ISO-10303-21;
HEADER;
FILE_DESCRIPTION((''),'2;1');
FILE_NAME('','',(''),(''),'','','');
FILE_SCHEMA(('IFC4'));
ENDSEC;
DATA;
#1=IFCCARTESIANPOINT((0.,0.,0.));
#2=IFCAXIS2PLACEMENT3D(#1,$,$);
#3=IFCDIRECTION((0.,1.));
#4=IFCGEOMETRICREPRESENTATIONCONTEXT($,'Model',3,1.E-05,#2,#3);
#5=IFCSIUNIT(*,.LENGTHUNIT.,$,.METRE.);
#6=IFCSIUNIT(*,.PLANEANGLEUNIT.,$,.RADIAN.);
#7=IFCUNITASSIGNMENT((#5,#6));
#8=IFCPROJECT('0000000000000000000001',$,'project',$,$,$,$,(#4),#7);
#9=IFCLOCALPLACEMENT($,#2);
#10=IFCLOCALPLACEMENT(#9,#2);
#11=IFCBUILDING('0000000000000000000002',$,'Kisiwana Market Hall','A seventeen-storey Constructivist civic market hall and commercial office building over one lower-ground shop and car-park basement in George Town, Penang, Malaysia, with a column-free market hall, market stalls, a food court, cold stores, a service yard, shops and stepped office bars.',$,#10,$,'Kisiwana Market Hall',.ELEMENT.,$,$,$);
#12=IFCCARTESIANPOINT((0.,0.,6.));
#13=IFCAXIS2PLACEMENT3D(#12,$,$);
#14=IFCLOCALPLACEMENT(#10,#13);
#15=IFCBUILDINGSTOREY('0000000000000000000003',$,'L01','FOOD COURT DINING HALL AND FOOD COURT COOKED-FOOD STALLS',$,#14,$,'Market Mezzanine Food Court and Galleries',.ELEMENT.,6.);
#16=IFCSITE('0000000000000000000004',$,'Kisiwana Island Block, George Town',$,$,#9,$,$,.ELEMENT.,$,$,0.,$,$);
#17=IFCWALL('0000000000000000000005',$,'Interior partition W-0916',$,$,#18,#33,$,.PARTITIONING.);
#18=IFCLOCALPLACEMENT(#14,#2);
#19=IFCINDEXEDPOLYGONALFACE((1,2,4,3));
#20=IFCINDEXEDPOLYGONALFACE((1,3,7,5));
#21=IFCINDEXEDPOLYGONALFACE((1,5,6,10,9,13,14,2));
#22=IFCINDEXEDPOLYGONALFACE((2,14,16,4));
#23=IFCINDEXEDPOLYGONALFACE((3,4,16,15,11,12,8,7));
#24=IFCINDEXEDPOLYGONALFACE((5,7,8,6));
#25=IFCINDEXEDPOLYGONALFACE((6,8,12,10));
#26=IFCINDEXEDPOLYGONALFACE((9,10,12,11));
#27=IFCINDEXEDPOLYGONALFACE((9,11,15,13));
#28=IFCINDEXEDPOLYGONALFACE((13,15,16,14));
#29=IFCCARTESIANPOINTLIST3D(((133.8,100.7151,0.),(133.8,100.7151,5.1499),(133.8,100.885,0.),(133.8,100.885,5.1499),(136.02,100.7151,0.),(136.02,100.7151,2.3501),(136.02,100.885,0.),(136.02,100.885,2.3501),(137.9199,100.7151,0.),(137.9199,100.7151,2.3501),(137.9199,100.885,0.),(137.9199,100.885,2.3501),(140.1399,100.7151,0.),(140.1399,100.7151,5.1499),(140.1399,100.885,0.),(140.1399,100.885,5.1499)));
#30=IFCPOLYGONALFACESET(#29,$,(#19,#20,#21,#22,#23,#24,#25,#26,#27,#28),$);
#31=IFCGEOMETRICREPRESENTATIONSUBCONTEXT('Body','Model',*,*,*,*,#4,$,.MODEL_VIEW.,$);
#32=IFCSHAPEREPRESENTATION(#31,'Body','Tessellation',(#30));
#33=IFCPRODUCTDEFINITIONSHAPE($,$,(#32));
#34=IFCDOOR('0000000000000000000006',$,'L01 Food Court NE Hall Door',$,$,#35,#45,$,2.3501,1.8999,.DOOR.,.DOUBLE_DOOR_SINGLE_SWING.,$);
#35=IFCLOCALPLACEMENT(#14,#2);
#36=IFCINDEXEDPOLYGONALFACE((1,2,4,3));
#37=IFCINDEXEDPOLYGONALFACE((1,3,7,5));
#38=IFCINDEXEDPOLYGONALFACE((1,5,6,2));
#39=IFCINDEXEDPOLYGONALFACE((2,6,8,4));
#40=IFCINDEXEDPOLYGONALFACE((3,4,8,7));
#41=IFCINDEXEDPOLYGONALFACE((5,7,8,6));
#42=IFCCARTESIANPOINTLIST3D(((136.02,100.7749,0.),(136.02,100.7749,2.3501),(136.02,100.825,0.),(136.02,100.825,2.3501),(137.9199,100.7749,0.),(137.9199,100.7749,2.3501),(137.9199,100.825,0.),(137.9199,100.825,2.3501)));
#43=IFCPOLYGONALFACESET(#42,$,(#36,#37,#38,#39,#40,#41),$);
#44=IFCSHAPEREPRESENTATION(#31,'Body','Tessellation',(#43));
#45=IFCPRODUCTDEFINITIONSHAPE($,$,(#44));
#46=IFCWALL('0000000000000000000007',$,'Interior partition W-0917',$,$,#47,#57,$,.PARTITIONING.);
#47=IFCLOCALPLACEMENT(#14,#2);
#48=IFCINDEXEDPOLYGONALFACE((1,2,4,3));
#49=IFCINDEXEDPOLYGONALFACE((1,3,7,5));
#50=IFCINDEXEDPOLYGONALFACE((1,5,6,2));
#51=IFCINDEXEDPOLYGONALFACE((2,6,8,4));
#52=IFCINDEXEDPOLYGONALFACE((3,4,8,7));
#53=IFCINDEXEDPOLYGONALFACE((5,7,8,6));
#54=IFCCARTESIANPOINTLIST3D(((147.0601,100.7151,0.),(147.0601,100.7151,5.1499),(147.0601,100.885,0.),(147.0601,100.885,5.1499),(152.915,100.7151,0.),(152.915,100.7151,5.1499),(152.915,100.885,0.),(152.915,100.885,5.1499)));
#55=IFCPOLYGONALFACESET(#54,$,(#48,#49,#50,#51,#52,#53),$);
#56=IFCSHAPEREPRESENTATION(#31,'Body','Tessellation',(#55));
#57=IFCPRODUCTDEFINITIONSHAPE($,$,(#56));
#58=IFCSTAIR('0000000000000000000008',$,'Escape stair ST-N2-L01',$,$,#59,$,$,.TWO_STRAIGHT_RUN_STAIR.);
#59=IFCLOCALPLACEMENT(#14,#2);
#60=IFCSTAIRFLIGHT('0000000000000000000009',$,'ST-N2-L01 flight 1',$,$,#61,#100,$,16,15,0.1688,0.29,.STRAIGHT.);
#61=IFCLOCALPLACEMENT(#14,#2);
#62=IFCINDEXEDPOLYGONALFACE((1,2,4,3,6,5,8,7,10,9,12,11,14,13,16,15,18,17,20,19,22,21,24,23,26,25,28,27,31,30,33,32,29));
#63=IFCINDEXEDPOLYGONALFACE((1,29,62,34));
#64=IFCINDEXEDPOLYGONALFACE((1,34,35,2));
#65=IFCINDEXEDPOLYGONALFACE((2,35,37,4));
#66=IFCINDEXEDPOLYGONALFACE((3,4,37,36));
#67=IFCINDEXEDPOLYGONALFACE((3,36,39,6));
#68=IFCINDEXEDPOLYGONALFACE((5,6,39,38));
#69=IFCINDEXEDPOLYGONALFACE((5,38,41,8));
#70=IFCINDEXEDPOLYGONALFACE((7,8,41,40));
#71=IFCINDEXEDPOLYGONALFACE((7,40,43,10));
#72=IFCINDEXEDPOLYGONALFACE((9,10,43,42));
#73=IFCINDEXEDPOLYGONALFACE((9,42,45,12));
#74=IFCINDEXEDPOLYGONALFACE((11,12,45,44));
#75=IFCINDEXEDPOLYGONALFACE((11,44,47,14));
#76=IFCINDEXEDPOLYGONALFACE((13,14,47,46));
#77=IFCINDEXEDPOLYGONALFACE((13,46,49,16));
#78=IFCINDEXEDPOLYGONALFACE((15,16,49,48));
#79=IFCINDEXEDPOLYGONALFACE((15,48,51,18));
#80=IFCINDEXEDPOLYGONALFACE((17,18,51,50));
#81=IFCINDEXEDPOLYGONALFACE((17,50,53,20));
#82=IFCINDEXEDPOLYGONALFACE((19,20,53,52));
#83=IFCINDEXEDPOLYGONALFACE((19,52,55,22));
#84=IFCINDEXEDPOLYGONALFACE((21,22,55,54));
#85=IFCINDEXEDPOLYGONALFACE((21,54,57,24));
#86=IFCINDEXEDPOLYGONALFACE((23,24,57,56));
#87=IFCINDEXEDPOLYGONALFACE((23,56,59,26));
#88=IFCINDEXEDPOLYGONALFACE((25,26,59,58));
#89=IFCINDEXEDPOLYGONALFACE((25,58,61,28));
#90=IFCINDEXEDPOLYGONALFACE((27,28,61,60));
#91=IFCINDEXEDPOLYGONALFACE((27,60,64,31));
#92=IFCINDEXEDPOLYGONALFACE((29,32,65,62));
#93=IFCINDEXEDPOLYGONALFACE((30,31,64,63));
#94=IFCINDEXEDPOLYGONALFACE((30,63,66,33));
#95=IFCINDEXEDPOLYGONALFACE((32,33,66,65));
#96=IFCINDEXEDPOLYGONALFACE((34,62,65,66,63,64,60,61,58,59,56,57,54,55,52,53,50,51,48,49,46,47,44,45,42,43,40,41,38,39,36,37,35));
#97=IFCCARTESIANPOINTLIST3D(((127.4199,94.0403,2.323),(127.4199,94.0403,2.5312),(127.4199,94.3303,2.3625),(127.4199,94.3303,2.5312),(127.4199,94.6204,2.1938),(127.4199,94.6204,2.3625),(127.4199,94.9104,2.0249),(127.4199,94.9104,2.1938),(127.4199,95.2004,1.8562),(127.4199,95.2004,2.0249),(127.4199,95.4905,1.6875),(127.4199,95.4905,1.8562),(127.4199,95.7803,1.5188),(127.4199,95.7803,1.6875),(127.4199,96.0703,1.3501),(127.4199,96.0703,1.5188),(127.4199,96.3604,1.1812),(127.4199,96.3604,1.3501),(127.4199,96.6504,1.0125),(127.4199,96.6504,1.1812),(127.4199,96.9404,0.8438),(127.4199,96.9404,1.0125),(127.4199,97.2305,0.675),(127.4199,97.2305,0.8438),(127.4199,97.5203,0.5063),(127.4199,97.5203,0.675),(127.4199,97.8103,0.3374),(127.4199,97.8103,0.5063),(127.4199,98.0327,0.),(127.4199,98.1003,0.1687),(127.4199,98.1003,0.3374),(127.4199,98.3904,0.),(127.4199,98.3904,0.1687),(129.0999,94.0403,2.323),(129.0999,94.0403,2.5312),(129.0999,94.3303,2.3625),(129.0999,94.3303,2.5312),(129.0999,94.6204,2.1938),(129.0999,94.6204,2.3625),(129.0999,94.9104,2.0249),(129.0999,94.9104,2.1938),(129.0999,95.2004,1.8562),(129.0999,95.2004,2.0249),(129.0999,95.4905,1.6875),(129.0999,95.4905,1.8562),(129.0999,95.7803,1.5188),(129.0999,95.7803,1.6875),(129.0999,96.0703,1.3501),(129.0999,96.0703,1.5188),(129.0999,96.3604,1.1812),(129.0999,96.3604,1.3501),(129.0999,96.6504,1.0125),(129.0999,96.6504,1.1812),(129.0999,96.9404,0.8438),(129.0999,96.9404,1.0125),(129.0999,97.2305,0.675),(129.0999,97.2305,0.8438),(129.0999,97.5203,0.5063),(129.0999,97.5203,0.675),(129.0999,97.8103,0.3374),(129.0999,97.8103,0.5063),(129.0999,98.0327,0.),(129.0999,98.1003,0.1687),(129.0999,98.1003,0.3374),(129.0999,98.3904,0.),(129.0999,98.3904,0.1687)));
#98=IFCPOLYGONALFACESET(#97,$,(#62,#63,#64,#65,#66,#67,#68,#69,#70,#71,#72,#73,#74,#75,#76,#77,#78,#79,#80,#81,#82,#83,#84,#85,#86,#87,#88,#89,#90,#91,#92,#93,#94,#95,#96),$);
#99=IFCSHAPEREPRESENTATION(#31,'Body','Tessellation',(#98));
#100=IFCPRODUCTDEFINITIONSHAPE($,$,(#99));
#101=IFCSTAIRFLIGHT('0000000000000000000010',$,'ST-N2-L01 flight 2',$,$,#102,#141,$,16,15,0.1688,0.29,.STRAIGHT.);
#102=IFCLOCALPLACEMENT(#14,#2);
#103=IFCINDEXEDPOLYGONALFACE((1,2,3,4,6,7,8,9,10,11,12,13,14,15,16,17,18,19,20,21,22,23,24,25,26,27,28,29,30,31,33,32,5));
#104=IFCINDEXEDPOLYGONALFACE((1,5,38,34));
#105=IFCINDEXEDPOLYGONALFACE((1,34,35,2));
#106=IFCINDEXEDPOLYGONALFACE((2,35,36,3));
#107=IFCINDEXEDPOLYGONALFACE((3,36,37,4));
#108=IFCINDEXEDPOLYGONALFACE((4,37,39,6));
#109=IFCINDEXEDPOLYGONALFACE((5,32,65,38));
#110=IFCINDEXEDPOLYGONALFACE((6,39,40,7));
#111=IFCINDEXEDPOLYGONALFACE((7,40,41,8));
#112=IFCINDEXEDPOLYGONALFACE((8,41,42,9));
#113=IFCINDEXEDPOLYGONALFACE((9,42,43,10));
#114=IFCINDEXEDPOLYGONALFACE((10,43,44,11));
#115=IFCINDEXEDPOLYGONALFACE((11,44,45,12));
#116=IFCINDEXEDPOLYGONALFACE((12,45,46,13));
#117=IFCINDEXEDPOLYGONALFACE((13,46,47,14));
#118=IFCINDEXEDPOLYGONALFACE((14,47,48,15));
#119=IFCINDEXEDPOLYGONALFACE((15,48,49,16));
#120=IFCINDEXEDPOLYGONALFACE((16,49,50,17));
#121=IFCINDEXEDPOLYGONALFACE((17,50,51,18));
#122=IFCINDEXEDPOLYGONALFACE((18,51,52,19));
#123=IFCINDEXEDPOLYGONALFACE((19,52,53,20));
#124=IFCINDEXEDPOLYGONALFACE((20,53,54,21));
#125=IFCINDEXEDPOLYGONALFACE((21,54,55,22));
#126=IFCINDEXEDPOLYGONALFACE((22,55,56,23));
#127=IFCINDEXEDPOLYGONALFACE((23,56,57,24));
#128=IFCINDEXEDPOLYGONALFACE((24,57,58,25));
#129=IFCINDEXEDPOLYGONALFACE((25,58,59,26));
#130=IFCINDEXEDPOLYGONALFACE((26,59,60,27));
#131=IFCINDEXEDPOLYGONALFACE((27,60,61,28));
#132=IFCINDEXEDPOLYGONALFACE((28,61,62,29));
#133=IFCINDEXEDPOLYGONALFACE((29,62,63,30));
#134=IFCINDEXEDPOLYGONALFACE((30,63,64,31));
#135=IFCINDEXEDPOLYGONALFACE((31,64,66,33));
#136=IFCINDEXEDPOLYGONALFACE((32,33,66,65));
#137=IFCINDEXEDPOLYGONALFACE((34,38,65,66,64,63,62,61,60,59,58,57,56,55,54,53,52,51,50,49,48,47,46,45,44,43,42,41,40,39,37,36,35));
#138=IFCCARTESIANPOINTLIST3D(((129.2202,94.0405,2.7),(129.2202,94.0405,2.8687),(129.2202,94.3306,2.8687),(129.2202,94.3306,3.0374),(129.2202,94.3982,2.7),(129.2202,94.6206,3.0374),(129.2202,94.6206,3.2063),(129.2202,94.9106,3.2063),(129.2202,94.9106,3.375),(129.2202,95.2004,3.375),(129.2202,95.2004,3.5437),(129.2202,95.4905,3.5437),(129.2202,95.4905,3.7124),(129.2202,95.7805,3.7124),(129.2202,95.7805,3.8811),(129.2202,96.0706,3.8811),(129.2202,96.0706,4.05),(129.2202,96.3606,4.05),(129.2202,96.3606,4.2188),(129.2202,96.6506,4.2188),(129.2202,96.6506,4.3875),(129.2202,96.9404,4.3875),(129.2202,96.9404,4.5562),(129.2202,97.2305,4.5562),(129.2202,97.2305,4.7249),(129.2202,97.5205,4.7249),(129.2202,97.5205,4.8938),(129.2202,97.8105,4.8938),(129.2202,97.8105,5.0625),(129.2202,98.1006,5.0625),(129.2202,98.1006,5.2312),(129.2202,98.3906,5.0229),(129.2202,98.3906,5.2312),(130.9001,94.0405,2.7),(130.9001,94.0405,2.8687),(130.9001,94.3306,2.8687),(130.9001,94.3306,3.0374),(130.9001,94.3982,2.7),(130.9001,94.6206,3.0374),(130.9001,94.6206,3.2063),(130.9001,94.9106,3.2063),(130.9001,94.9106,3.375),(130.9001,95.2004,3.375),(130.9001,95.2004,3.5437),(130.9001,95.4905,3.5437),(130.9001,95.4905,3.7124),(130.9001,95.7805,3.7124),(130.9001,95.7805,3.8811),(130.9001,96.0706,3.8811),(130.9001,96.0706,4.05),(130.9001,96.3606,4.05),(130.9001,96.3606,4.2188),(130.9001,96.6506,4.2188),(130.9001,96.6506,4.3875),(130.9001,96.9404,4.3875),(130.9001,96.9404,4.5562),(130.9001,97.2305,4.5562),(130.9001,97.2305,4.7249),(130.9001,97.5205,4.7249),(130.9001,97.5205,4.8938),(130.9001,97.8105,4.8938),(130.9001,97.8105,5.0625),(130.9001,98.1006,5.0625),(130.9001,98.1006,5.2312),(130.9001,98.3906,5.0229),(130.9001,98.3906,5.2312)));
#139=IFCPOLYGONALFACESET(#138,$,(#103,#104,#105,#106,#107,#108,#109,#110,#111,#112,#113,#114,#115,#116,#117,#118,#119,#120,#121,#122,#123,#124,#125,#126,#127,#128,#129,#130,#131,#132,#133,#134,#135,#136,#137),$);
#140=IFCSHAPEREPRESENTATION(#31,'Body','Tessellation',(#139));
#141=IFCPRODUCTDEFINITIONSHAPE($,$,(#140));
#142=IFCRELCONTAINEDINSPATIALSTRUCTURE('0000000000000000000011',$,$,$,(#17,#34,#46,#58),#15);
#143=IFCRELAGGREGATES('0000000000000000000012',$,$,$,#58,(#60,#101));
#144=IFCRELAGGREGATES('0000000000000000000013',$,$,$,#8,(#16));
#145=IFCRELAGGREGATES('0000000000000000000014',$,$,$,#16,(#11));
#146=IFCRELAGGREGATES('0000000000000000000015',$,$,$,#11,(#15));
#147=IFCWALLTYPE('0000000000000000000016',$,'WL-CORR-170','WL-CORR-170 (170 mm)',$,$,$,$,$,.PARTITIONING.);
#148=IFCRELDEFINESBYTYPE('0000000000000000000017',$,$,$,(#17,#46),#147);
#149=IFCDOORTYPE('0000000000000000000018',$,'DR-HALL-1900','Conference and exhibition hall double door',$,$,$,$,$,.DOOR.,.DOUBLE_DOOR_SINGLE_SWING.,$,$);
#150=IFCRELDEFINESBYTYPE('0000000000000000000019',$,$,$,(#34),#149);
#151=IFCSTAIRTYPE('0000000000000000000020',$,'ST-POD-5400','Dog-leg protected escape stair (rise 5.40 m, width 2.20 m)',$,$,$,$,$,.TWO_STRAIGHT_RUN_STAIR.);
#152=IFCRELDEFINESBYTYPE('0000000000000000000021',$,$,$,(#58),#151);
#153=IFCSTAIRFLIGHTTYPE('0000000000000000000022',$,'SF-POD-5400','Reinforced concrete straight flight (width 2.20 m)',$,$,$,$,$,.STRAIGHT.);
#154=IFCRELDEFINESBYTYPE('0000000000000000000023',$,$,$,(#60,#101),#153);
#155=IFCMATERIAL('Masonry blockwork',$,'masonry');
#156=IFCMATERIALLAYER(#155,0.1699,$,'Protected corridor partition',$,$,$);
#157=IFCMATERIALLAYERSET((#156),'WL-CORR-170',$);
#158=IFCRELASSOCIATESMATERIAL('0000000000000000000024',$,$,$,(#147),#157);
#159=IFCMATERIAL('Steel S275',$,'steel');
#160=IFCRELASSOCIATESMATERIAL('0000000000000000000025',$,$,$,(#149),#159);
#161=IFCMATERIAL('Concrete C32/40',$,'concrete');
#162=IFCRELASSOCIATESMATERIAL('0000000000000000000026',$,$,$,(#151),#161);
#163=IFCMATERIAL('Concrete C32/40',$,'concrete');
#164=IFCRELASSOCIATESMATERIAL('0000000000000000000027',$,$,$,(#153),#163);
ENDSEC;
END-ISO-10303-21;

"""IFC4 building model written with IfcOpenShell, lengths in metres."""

from ifc_helpers import new_model, si_unit, direction, frame, frame_2d, origin, place, context, subcontext, project, spatial, polyline, rectangle, outline, extrude, material, layer, layer_set, type_object, element, fill, aggregate, save


model = new_model("IFC4")

# Units and contexts
model_context = context("Model", 3, precision=1e-05, world=origin(), true_north=direction((0.0, 1.0)))
body_context = subcontext(model_context, "Body", "Model", "MODEL_VIEW")
ifc_project = project(units=[si_unit("LENGTHUNIT", "METRE"), si_unit("PLANEANGLEUNIT", "RADIAN")], contexts=[model_context])

# Site, building, storey
site_placement = place(None, origin())
site = spatial("IfcSite", under=ifc_project, at=site_placement, Name="Kisiwana Island Block, George Town", CompositionType="ELEMENT", RefElevation=0.0)
building_placement = place(site_placement, origin())
building = spatial("IfcBuilding", under=site, at=building_placement, Name="Kisiwana Market Hall", Description="A seventeen-storey Constructivist civic market hall and commercial office building over one lower-ground shop and car-park basement in George Town, Penang, Malaysia, with a column-free market hall, market stalls, a food court, cold stores, a service yard, shops and stepped office bars.", LongName="Kisiwana Market Hall", CompositionType="ELEMENT")
storey_placement = place(building_placement, frame((0.0, 0.0, 6.0)))
storey = spatial("IfcBuildingStorey", under=building, at=storey_placement, Name="L01", Description="FOOD COURT DINING HALL AND FOOD COURT COOKED-FOOD STALLS", LongName="Market Mezzanine Food Court and Galleries", CompositionType="ELEMENT", Elevation=6.0)

# Shared definitions
ifc_material_1 = material(Name="Masonry blockwork", Category="masonry")
ifc_layer_1 = layer(ifc_material_1, 0.1699, Name="Protected corridor partition")
ifc_layer_set_1 = layer_set([ifc_layer_1], Name="WL-CORR-170")
wall_type_1 = type_object("IfcWallType", Name="WL-CORR-170", Description="WL-CORR-170 (170 mm)", PredefinedType="PARTITIONING", material=ifc_layer_set_1)

# Wall, opening, door
wall_1_placement = place(storey_placement, frame((133.8, 100.8, 0.0), z_axis=(0.0, 0.0, 1.0), x_axis=(1.0, 0.0, 0.0)))
wall_1 = element("IfcWall", 1, at=wall_1_placement, inside=storey, type_object=wall_type_1, Name="Interior partition W-0916", PredefinedType="PARTITIONING", context=body_context, shape_type="SweptSolid", body=[
    extrude(rectangle(XDim=6.3398, YDim=0.1699, at=frame_2d((3.1699, 0.0))), origin(), (0.0, 0.0, 1.0), 5.1499),
])
opening_1_placement = place(wall_1_placement, frame((2.22, 0.0, 0.0)))
opening_1 = element("IfcOpeningElement", 2, at=opening_1_placement, cuts=wall_1, PredefinedType="OPENING", context=body_context, shape_type="SweptSolid", body=[
    extrude(rectangle(XDim=1.8999, YDim=2.3501, at=frame_2d((0.95, 1.175))), frame((0.0, 0.0969, 0.0), z_axis=(0.0, -1.0, 0.0), x_axis=(1.0, 0.0, 0.0)), (0.0, 0.0, 1.0), 0.1938),
])
ifc_material_2 = material(Name="Steel S275", Category="steel")
door_type_1 = type_object("IfcDoorType", Name="DR-HALL-1900", Description="Conference and exhibition hall double door", OperationType="DOUBLE_DOOR_SINGLE_SWING", PredefinedType="DOOR", material=ifc_material_2)
door_1_placement = place(opening_1_placement, origin())
door_1 = element("IfcDoor", 3, at=door_1_placement, inside=storey, type_object=door_type_1, Name="L01 Food Court NE Hall Door", OperationType="DOUBLE_DOOR_SINGLE_SWING", OverallHeight=2.3501, OverallWidth=1.8999, PredefinedType="DOOR", context=body_context, shape_type="SweptSolid", body=[
    extrude(rectangle(XDim=1.8999, YDim=2.3501, at=frame_2d((0.95, 1.175))), frame((0.0, 0.0249, 0.0), z_axis=(0.0, -1.0, 0.0), x_axis=(1.0, 0.0, 0.0)), (0.0, 0.0, 1.0), 0.05),
])
fill(opening_1, door_1)

# Wall
wall_2_placement = place(storey_placement, frame((147.0601, 100.8, 0.0), z_axis=(0.0, 0.0, 1.0), x_axis=(1.0, 0.0, 0.0)))
element("IfcWall", 4, at=wall_2_placement, inside=storey, type_object=wall_type_1, Name="Interior partition W-0917", PredefinedType="PARTITIONING", context=body_context, shape_type="SweptSolid", body=[
    extrude(rectangle(XDim=5.855, YDim=0.1699, at=frame_2d((2.9275, 0.0))), origin(), (0.0, 0.0, 1.0), 5.1499),
])

# Stair, stair flights
ifc_material_3 = material(Name="Concrete C32/40", Category="concrete")
stair_type = type_object("IfcStairType", Name="ST-POD-5400", Description="Dog-leg protected escape stair (rise 5.40 m, width 2.20 m)", PredefinedType="TWO_STRAIGHT_RUN_STAIR", material=ifc_material_3)
stair_placement = place(storey_placement, origin())
stair = element("IfcStair", 5, at=stair_placement, inside=storey, type_object=stair_type, Name="Escape stair ST-N2-L01", PredefinedType="TWO_STRAIGHT_RUN_STAIR")
ifc_material_4 = material(Name="Concrete C32/40", Category="concrete")
stair_flight_type = type_object("IfcStairFlightType", Name="SF-POD-5400", Description="Reinforced concrete straight flight (width 2.20 m)", PredefinedType="STRAIGHT", material=ifc_material_4)
stair_flight_1_placement = place(storey_placement, frame((128.26, 98.3904, 0.0), z_axis=(0.0, 0.0, 1.0), x_axis=(0.0, -1.0, 0.0)))
stair_flight_1 = element("IfcStairFlight", 6, at=stair_flight_1_placement, type_object=stair_flight_type, Name="ST-N2-L01 flight 1", NumberOfRisers=16, NumberOfTreads=15, PredefinedType="STRAIGHT", RiserHeight=0.1688, TreadLength=0.29, context=body_context, shape_type="SweptSolid", body=[
    extrude(outline(polyline([(0.0, 0.0), (0.0, 0.1687), (0.29, 0.1687), (0.29, 0.3374), (0.5801, 0.3374), (0.5801, 0.5063), (0.8701, 0.5063), (0.8701, 0.675), (1.1599, 0.675), (1.1599, 0.8438), (1.45, 0.8438), (1.45, 1.0125), (1.74, 1.0125), (1.74, 1.1812), (2.03, 1.1812), (2.03, 1.3501), (2.3201, 1.3501), (2.3201, 1.5188), (2.6101, 1.5188), (2.6101, 1.6875), (2.8999, 1.6875), (2.8999, 1.8562), (3.1899, 1.8562), (3.1899, 2.0249), (3.48, 2.0249), (3.48, 2.1938), (3.77, 2.1938), (3.77, 2.3625), (4.0601, 2.3625), (4.0601, 2.5312), (4.3501, 2.5312), (4.3501, 2.7), (4.3501, 2.323), (0.3577, 0.0), (0.0, 0.0)])), frame((0.0, 0.8398, 0.0), z_axis=(0.0, -1.0, 0.0), x_axis=(1.0, 0.0, 0.0)), (0.0, 0.0, 1.0), 1.6799),
])
stair_flight_2_placement = place(storey_placement, frame((130.0601, 94.0405, 2.7), z_axis=(0.0, 0.0, 1.0), x_axis=(0.0, 1.0, 0.0)))
stair_flight_2 = element("IfcStairFlight", 7, at=stair_flight_2_placement, type_object=stair_flight_type, Name="ST-N2-L01 flight 2", NumberOfRisers=16, NumberOfTreads=15, PredefinedType="STRAIGHT", RiserHeight=0.1688, TreadLength=0.29, context=body_context, shape_type="SweptSolid", body=[
    extrude(outline(polyline([(0.0, 0.0), (0.0, 0.1687), (0.29, 0.1687), (0.29, 0.3374), (0.5801, 0.3374), (0.5801, 0.5063), (0.8701, 0.5063), (0.8701, 0.675), (1.1599, 0.675), (1.1599, 0.8438), (1.45, 0.8438), (1.45, 1.0125), (1.74, 1.0125), (1.74, 1.1812), (2.03, 1.1812), (2.03, 1.3501), (2.3201, 1.3501), (2.3201, 1.5188), (2.6101, 1.5188), (2.6101, 1.6875), (2.8999, 1.6875), (2.8999, 1.8562), (3.1899, 1.8562), (3.1899, 2.0249), (3.48, 2.0249), (3.48, 2.1938), (3.77, 2.1938), (3.77, 2.3625), (4.0601, 2.3625), (4.0601, 2.5312), (4.3501, 2.5312), (4.3501, 2.7), (4.3501, 2.323), (0.3577, 0.0), (0.0, 0.0)])), frame((0.0, 0.8398, 0.0), z_axis=(0.0, -1.0, 0.0), x_axis=(1.0, 0.0, 0.0)), (0.0, 0.0, 1.0), 1.6799),
])
aggregate(stair, [stair_flight_1, stair_flight_2])

save(model, "model.ifc")
